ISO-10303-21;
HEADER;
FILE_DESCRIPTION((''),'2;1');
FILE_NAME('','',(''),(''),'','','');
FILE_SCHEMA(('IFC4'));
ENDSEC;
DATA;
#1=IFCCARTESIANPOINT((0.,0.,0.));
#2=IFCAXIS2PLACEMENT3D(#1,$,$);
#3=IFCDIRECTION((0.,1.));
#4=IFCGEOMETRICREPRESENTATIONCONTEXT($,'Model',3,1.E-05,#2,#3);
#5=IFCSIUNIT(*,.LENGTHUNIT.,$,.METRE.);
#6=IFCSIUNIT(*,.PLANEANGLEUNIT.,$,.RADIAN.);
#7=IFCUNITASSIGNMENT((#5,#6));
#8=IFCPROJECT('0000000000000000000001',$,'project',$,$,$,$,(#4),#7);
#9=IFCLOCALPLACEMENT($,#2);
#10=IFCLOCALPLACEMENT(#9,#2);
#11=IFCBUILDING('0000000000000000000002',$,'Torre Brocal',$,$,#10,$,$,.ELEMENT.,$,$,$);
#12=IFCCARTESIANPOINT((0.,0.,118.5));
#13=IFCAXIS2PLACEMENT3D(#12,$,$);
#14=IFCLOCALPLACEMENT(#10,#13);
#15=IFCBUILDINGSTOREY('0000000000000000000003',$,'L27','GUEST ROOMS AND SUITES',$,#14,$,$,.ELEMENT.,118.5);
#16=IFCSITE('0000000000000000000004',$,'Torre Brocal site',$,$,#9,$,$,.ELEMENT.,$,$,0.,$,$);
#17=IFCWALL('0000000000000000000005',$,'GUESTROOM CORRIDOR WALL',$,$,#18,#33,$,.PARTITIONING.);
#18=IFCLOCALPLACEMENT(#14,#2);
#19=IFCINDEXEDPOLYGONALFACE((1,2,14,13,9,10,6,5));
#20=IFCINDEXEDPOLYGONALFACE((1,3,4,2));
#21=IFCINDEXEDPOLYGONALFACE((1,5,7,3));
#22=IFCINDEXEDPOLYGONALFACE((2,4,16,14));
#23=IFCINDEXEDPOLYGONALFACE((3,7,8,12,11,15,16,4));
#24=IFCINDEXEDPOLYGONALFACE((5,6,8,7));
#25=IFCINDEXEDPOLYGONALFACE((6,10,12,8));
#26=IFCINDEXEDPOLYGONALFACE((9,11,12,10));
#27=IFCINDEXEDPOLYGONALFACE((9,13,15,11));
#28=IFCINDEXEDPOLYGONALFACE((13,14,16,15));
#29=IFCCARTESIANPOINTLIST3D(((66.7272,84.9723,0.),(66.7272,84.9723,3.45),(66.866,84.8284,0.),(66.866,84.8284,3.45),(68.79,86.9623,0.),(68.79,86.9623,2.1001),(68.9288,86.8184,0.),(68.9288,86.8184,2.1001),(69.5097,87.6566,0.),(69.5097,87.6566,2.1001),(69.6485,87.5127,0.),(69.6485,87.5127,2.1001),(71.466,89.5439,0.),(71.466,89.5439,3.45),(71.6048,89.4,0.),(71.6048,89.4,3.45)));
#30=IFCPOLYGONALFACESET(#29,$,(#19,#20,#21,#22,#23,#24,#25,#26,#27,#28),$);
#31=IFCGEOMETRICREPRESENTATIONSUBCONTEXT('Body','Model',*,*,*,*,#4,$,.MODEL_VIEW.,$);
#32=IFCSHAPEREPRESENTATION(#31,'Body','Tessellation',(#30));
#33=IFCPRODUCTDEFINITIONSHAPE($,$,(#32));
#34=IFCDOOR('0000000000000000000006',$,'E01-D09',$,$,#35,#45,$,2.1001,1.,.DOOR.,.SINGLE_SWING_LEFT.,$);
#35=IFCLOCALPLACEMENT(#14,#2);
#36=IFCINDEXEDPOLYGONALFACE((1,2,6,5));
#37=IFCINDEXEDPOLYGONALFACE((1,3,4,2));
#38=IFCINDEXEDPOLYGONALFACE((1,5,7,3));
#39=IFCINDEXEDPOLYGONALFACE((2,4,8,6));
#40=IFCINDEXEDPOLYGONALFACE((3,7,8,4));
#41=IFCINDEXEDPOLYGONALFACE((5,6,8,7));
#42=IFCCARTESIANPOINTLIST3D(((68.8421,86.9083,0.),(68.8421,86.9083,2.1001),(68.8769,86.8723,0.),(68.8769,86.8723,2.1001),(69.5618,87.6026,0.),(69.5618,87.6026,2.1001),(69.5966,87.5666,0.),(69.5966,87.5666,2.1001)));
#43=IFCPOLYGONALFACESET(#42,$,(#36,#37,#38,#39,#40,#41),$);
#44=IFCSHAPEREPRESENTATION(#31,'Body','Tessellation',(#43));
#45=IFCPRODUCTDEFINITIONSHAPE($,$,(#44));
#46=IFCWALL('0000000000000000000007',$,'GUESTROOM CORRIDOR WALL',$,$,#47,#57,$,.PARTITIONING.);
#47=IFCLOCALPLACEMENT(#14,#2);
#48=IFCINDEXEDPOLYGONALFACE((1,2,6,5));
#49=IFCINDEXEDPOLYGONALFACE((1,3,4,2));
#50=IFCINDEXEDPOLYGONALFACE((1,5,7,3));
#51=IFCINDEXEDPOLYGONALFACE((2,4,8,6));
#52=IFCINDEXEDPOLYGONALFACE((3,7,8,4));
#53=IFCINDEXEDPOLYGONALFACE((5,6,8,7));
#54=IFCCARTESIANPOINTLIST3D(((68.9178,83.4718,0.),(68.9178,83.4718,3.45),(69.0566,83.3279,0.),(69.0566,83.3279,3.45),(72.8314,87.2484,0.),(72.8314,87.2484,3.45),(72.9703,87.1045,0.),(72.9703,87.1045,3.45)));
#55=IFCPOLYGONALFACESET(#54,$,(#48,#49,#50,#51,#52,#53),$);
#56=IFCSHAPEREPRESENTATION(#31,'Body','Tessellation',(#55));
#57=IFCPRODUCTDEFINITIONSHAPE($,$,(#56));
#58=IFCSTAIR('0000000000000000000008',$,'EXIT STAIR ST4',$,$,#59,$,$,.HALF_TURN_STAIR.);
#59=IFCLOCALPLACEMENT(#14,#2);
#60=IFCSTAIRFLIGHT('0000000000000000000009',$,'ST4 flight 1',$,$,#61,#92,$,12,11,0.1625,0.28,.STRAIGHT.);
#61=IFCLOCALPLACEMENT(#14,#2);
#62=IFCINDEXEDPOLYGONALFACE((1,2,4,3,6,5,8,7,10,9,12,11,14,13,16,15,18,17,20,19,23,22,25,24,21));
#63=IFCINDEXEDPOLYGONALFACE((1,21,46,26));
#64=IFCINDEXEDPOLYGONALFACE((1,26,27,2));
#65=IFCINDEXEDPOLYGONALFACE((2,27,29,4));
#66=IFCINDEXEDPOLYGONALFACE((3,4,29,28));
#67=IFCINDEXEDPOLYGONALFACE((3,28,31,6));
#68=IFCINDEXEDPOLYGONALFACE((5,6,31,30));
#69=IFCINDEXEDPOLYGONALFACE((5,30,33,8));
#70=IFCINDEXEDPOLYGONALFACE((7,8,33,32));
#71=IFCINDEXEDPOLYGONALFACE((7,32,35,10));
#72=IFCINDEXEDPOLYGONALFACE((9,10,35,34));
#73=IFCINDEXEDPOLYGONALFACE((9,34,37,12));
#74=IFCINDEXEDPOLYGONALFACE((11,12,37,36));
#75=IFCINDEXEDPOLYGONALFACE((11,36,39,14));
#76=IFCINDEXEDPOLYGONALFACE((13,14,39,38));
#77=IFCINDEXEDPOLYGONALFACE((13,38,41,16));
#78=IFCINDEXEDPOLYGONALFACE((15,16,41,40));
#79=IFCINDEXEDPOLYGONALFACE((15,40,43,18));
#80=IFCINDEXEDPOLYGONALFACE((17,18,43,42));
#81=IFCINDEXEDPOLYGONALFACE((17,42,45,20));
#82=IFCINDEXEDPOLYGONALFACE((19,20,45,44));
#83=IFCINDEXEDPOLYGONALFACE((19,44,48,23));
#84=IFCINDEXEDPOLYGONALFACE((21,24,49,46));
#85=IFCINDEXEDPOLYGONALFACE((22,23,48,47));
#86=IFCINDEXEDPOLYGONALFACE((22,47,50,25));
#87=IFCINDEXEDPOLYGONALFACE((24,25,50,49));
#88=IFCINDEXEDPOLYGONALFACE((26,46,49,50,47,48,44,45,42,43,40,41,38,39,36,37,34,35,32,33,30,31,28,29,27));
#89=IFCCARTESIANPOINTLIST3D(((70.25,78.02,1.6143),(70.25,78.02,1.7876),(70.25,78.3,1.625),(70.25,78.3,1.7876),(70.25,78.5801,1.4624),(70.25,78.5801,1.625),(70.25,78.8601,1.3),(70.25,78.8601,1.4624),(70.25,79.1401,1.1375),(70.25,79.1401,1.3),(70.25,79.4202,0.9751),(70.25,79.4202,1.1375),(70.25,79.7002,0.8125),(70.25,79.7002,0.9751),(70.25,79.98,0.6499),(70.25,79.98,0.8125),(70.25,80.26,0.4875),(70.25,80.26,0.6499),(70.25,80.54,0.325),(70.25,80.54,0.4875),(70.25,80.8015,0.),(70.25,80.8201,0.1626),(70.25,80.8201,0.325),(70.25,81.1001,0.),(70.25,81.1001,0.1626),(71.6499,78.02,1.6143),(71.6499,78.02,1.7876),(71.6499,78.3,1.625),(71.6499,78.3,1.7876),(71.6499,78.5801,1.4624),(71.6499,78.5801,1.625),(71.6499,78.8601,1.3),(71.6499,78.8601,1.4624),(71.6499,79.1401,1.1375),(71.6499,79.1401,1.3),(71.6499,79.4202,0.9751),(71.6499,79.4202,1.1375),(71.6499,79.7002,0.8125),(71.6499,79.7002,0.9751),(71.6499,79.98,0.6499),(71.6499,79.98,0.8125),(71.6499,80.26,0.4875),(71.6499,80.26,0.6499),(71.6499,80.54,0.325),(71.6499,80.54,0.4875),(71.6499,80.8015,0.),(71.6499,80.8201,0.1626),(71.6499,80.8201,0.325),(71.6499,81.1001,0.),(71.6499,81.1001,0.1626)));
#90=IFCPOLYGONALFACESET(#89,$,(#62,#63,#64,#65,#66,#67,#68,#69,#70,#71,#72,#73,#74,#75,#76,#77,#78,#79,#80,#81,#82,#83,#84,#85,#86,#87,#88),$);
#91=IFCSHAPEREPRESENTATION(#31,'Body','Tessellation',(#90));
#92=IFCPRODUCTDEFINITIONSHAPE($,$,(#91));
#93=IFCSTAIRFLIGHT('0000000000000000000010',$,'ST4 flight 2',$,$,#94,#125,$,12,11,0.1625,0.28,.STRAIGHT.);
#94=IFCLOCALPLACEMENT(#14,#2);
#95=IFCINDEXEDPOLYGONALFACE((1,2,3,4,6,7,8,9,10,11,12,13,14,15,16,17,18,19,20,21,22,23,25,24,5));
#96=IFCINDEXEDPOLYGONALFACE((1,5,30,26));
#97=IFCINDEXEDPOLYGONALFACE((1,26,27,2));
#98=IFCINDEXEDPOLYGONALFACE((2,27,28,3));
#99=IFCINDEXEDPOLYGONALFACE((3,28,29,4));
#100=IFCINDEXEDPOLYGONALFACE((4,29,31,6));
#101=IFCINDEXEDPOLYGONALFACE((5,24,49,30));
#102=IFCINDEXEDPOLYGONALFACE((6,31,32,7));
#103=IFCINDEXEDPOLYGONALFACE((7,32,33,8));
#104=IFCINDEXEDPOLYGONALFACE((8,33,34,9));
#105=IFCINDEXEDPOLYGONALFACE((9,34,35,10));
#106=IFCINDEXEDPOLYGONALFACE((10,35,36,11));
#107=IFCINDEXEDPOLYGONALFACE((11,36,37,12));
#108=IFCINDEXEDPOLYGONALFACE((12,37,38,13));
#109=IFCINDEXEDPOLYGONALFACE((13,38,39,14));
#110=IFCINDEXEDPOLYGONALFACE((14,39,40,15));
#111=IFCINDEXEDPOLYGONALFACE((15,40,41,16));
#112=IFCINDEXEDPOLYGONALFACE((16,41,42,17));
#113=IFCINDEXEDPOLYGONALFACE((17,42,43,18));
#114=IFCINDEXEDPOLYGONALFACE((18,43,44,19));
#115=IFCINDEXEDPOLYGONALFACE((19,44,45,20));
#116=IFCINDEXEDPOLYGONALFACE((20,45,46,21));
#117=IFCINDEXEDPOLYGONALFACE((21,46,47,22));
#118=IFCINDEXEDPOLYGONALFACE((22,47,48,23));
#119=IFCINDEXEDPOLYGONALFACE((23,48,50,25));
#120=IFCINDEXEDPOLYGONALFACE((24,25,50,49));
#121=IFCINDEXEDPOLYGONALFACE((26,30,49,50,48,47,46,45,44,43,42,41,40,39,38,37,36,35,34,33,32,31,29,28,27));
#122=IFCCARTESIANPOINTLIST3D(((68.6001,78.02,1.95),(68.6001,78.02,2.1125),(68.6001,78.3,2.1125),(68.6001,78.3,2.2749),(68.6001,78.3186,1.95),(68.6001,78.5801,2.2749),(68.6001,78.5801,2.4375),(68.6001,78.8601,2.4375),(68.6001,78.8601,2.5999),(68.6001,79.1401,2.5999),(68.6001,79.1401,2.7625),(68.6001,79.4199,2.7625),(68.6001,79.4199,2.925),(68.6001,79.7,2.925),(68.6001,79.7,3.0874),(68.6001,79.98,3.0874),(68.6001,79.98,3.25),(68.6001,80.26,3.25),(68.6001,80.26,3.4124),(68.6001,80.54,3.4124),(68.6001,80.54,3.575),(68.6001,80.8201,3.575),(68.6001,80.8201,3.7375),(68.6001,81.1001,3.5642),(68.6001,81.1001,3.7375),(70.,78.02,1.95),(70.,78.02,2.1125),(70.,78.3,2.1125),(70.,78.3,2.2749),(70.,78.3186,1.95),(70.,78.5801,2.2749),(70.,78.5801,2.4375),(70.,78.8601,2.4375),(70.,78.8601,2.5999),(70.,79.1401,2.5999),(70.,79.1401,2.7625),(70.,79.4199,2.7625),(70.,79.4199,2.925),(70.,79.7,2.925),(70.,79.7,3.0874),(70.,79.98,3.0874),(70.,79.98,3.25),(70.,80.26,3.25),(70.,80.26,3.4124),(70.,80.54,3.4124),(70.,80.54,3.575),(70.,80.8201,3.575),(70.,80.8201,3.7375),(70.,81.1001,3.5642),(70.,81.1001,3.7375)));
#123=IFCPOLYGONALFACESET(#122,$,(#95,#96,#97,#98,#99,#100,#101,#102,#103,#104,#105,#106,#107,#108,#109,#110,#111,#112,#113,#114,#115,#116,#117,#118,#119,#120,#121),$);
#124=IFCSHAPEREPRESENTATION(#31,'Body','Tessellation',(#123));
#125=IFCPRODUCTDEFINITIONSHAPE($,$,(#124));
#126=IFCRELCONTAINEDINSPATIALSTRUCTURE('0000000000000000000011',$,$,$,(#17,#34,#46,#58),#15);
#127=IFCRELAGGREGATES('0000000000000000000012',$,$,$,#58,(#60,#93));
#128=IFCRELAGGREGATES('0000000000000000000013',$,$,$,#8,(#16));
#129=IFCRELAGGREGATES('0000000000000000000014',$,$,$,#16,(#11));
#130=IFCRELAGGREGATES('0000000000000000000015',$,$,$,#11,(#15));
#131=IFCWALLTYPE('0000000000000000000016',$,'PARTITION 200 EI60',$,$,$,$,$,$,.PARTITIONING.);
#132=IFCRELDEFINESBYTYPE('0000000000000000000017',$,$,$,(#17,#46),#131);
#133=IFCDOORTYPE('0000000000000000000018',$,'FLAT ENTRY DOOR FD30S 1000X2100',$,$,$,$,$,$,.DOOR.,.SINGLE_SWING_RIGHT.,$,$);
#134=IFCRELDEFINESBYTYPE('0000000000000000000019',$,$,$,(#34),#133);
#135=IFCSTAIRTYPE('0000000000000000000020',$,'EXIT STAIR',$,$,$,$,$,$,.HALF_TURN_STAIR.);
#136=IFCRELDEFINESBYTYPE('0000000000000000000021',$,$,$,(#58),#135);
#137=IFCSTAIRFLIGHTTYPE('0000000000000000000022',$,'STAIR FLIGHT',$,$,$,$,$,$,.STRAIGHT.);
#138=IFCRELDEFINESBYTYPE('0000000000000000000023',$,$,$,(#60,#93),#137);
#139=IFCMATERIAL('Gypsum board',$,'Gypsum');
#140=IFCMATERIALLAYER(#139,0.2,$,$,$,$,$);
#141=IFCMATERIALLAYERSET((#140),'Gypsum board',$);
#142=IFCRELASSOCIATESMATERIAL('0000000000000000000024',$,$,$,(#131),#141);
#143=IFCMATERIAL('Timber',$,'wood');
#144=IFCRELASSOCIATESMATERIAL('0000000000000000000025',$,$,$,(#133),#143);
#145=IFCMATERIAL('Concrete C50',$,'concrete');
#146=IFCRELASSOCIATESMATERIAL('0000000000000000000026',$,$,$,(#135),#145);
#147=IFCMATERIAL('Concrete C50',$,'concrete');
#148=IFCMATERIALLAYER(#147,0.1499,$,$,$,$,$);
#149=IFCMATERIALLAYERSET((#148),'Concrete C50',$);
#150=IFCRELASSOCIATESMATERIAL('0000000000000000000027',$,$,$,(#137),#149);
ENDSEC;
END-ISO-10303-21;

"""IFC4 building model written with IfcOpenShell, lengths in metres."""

from ifc_helpers import new_model, si_unit, direction, frame, frame_2d, origin, place, context, subcontext, project, spatial, polyline, rectangle, outline, extrude, material, layer, layer_set, type_object, element, fill, aggregate, save


model = new_model("IFC4")

# Units and contexts
model_context = context("Model", 3, precision=1e-05, world=origin(), true_north=direction((0.0, 1.0)))
body_context = subcontext(model_context, "Body", "Model", "MODEL_VIEW")
ifc_project = project(units=[si_unit("LENGTHUNIT", "METRE"), si_unit("PLANEANGLEUNIT", "RADIAN")], contexts=[model_context])

# Site, building, storey
site_placement = place(None, origin())
site = spatial("IfcSite", under=ifc_project, at=site_placement, Name="Torre Brocal site", CompositionType="ELEMENT", RefElevation=0.0)
building_placement = place(site_placement, origin())
building = spatial("IfcBuilding", under=site, at=building_placement, Name="Torre Brocal", CompositionType="ELEMENT")
storey_placement = place(building_placement, frame((0.0, 0.0, 118.5)))
storey = spatial("IfcBuildingStorey", under=building, at=storey_placement, Name="L27", Description="GUEST ROOMS AND SUITES", CompositionType="ELEMENT", Elevation=118.5)

# Wall, opening, door
ifc_material_1 = material(Name="Gypsum board", Category="Gypsum")
ifc_layer_1 = layer(ifc_material_1, 0.2)
ifc_layer_set_1 = layer_set([ifc_layer_1], Name="Gypsum board")
wall_type_1 = type_object("IfcWallType", Name="PARTITION 200 EI60", PredefinedType="PARTITIONING", material=ifc_layer_set_1)
wall_1_placement = place(storey_placement, frame((66.7966, 84.9004, 0.0), z_axis=(0.0, 0.0, 1.0), x_axis=(0.719692, 0.694293, 0.0)))
wall_1 = element("IfcWall", 1, at=wall_1_placement, inside=storey, type_object=wall_type_1, Name="GUESTROOM CORRIDOR WALL", PredefinedType="PARTITIONING", context=body_context, shape_type="SweptSolid", body=[
    extrude(rectangle(XDim=6.5845, YDim=0.2, at=frame_2d((3.2922, 0.0))), origin(), (0.0, 0.0, 1.0), 3.45),
])
opening_1_placement = place(wall_1_placement, frame((2.8662, 0.0, 0.0)))
opening_1 = element("IfcOpeningElement", 2, at=opening_1_placement, cuts=wall_1, PredefinedType="OPENING", context=body_context, shape_type="SweptSolid", body=[
    extrude(rectangle(XDim=1.0, YDim=2.1001, at=frame_2d((0.5, 1.05))), frame((0.0, 0.1099, 0.0), z_axis=(0.0, -1.0, 0.0), x_axis=(1.0, 0.0, 0.0)), (0.0, 0.0, 1.0), 0.22),
])
ifc_material_2 = material(Name="Timber", Category="wood")
door_type_1 = type_object("IfcDoorType", Name="FLAT ENTRY DOOR FD30S 1000X2100", OperationType="SINGLE_SWING_RIGHT", PredefinedType="DOOR", material=ifc_material_2)
door_1_placement = place(opening_1_placement, origin())
door_1 = element("IfcDoor", 3, at=door_1_placement, inside=storey, type_object=door_type_1, Name="E01-D09", OperationType="SINGLE_SWING_LEFT", OverallHeight=2.1001, OverallWidth=1.0, PredefinedType="DOOR", context=body_context, shape_type="SweptSolid", body=[
    extrude(rectangle(XDim=1.0, YDim=2.1001, at=frame_2d((0.5, 1.05))), frame((0.0, 0.0249, 0.0), z_axis=(0.0, -1.0, 0.0), x_axis=(1.0, 0.0, 0.0)), (0.0, 0.0, 1.0), 0.05),
])
fill(opening_1, door_1)

# Wall
wall_2_placement = place(storey_placement, frame((68.9873, 83.3999, 0.0), z_axis=(0.0, 0.0, 1.0), x_axis=(0.719586, 0.694403, 0.0)))
element("IfcWall", 4, at=wall_2_placement, inside=storey, type_object=wall_type_1, Name="GUESTROOM CORRIDOR WALL", PredefinedType="PARTITIONING", context=body_context, shape_type="SweptSolid", body=[
    extrude(rectangle(XDim=5.4387, YDim=0.2, at=frame_2d((2.7192, 0.0))), origin(), (0.0, 0.0, 1.0), 3.45),
])

# Stair, stair flights
ifc_material_3 = material(Name="Concrete C50", Category="concrete")
stair_type = type_object("IfcStairType", Name="EXIT STAIR", PredefinedType="HALF_TURN_STAIR", material=ifc_material_3)
stair_placement = place(storey_placement, origin())
stair = element("IfcStair", 5, at=stair_placement, inside=storey, type_object=stair_type, Name="EXIT STAIR ST4", PredefinedType="HALF_TURN_STAIR")
ifc_material_4 = material(Name="Concrete C50", Category="concrete")
ifc_layer_2 = layer(ifc_material_4, 0.1499)
ifc_layer_set_2 = layer_set([ifc_layer_2], Name="Concrete C50")
stair_flight_type = type_object("IfcStairFlightType", Name="STAIR FLIGHT", PredefinedType="STRAIGHT", material=ifc_layer_set_2)
stair_flight_1_placement = place(storey_placement, frame((70.95, 81.1001, 0.0), z_axis=(0.0, 0.0, 1.0), x_axis=(0.0, -1.0, 0.0)))
stair_flight_1 = element("IfcStairFlight", 6, at=stair_flight_1_placement, type_object=stair_flight_type, Name="ST4 flight 1", NumberOfRisers=12, NumberOfTreads=11, PredefinedType="STRAIGHT", RiserHeight=0.1625, TreadLength=0.28, context=body_context, shape_type="SweptSolid", body=[
    extrude(outline(polyline([(0.0, 0.0), (0.0, 0.1626), (0.28, 0.1626), (0.28, 0.325), (0.5601, 0.325), (0.5601, 0.4875), (0.8401, 0.4875), (0.8401, 0.6499), (1.1201, 0.6499), (1.1201, 0.8125), (1.3999, 0.8125), (1.3999, 0.9751), (1.6799, 0.9751), (1.6799, 1.1375), (1.96, 1.1375), (1.96, 1.3), (2.24, 1.3), (2.24, 1.4624), (2.52, 1.4624), (2.52, 1.625), (2.8, 1.625), (2.8, 1.7876), (3.0801, 1.7876), (3.0801, 1.95), (3.0801, 1.6143), (0.2986, 0.0), (0.0, 0.0)])), frame((0.0, 0.7, 0.0), z_axis=(0.0, -1.0, 0.0), x_axis=(1.0, 0.0, 0.0)), (0.0, 0.0, 1.0), 1.3999),
])
stair_flight_2_placement = place(storey_placement, frame((69.3, 78.02, 1.95), z_axis=(0.0, 0.0, 1.0), x_axis=(0.0, 1.0, 0.0)))
stair_flight_2 = element("IfcStairFlight", 7, at=stair_flight_2_placement, type_object=stair_flight_type, Name="ST4 flight 2", NumberOfRisers=12, NumberOfTreads=11, PredefinedType="STRAIGHT", RiserHeight=0.1625, TreadLength=0.28, context=body_context, shape_type="SweptSolid", body=[
    extrude(outline(polyline([(0.0, 0.0), (0.0, 0.1626), (0.28, 0.1626), (0.28, 0.325), (0.5601, 0.325), (0.5601, 0.4875), (0.8401, 0.4875), (0.8401, 0.6499), (1.1201, 0.6499), (1.1201, 0.8125), (1.3999, 0.8125), (1.3999, 0.9751), (1.6799, 0.9751), (1.6799, 1.1375), (1.96, 1.1375), (1.96, 1.3), (2.24, 1.3), (2.24, 1.4624), (2.52, 1.4624), (2.52, 1.625), (2.8, 1.625), (2.8, 1.7876), (3.0801, 1.7876), (3.0801, 1.95), (3.0801, 1.6143), (0.2986, 0.0), (0.0, 0.0)])), frame((0.0, 0.7, 0.0), z_axis=(0.0, -1.0, 0.0), x_axis=(1.0, 0.0, 0.0)), (0.0, 0.0, 1.0), 1.3999),
])
aggregate(stair, [stair_flight_1, stair_flight_2])

save(model, "model.ifc")
